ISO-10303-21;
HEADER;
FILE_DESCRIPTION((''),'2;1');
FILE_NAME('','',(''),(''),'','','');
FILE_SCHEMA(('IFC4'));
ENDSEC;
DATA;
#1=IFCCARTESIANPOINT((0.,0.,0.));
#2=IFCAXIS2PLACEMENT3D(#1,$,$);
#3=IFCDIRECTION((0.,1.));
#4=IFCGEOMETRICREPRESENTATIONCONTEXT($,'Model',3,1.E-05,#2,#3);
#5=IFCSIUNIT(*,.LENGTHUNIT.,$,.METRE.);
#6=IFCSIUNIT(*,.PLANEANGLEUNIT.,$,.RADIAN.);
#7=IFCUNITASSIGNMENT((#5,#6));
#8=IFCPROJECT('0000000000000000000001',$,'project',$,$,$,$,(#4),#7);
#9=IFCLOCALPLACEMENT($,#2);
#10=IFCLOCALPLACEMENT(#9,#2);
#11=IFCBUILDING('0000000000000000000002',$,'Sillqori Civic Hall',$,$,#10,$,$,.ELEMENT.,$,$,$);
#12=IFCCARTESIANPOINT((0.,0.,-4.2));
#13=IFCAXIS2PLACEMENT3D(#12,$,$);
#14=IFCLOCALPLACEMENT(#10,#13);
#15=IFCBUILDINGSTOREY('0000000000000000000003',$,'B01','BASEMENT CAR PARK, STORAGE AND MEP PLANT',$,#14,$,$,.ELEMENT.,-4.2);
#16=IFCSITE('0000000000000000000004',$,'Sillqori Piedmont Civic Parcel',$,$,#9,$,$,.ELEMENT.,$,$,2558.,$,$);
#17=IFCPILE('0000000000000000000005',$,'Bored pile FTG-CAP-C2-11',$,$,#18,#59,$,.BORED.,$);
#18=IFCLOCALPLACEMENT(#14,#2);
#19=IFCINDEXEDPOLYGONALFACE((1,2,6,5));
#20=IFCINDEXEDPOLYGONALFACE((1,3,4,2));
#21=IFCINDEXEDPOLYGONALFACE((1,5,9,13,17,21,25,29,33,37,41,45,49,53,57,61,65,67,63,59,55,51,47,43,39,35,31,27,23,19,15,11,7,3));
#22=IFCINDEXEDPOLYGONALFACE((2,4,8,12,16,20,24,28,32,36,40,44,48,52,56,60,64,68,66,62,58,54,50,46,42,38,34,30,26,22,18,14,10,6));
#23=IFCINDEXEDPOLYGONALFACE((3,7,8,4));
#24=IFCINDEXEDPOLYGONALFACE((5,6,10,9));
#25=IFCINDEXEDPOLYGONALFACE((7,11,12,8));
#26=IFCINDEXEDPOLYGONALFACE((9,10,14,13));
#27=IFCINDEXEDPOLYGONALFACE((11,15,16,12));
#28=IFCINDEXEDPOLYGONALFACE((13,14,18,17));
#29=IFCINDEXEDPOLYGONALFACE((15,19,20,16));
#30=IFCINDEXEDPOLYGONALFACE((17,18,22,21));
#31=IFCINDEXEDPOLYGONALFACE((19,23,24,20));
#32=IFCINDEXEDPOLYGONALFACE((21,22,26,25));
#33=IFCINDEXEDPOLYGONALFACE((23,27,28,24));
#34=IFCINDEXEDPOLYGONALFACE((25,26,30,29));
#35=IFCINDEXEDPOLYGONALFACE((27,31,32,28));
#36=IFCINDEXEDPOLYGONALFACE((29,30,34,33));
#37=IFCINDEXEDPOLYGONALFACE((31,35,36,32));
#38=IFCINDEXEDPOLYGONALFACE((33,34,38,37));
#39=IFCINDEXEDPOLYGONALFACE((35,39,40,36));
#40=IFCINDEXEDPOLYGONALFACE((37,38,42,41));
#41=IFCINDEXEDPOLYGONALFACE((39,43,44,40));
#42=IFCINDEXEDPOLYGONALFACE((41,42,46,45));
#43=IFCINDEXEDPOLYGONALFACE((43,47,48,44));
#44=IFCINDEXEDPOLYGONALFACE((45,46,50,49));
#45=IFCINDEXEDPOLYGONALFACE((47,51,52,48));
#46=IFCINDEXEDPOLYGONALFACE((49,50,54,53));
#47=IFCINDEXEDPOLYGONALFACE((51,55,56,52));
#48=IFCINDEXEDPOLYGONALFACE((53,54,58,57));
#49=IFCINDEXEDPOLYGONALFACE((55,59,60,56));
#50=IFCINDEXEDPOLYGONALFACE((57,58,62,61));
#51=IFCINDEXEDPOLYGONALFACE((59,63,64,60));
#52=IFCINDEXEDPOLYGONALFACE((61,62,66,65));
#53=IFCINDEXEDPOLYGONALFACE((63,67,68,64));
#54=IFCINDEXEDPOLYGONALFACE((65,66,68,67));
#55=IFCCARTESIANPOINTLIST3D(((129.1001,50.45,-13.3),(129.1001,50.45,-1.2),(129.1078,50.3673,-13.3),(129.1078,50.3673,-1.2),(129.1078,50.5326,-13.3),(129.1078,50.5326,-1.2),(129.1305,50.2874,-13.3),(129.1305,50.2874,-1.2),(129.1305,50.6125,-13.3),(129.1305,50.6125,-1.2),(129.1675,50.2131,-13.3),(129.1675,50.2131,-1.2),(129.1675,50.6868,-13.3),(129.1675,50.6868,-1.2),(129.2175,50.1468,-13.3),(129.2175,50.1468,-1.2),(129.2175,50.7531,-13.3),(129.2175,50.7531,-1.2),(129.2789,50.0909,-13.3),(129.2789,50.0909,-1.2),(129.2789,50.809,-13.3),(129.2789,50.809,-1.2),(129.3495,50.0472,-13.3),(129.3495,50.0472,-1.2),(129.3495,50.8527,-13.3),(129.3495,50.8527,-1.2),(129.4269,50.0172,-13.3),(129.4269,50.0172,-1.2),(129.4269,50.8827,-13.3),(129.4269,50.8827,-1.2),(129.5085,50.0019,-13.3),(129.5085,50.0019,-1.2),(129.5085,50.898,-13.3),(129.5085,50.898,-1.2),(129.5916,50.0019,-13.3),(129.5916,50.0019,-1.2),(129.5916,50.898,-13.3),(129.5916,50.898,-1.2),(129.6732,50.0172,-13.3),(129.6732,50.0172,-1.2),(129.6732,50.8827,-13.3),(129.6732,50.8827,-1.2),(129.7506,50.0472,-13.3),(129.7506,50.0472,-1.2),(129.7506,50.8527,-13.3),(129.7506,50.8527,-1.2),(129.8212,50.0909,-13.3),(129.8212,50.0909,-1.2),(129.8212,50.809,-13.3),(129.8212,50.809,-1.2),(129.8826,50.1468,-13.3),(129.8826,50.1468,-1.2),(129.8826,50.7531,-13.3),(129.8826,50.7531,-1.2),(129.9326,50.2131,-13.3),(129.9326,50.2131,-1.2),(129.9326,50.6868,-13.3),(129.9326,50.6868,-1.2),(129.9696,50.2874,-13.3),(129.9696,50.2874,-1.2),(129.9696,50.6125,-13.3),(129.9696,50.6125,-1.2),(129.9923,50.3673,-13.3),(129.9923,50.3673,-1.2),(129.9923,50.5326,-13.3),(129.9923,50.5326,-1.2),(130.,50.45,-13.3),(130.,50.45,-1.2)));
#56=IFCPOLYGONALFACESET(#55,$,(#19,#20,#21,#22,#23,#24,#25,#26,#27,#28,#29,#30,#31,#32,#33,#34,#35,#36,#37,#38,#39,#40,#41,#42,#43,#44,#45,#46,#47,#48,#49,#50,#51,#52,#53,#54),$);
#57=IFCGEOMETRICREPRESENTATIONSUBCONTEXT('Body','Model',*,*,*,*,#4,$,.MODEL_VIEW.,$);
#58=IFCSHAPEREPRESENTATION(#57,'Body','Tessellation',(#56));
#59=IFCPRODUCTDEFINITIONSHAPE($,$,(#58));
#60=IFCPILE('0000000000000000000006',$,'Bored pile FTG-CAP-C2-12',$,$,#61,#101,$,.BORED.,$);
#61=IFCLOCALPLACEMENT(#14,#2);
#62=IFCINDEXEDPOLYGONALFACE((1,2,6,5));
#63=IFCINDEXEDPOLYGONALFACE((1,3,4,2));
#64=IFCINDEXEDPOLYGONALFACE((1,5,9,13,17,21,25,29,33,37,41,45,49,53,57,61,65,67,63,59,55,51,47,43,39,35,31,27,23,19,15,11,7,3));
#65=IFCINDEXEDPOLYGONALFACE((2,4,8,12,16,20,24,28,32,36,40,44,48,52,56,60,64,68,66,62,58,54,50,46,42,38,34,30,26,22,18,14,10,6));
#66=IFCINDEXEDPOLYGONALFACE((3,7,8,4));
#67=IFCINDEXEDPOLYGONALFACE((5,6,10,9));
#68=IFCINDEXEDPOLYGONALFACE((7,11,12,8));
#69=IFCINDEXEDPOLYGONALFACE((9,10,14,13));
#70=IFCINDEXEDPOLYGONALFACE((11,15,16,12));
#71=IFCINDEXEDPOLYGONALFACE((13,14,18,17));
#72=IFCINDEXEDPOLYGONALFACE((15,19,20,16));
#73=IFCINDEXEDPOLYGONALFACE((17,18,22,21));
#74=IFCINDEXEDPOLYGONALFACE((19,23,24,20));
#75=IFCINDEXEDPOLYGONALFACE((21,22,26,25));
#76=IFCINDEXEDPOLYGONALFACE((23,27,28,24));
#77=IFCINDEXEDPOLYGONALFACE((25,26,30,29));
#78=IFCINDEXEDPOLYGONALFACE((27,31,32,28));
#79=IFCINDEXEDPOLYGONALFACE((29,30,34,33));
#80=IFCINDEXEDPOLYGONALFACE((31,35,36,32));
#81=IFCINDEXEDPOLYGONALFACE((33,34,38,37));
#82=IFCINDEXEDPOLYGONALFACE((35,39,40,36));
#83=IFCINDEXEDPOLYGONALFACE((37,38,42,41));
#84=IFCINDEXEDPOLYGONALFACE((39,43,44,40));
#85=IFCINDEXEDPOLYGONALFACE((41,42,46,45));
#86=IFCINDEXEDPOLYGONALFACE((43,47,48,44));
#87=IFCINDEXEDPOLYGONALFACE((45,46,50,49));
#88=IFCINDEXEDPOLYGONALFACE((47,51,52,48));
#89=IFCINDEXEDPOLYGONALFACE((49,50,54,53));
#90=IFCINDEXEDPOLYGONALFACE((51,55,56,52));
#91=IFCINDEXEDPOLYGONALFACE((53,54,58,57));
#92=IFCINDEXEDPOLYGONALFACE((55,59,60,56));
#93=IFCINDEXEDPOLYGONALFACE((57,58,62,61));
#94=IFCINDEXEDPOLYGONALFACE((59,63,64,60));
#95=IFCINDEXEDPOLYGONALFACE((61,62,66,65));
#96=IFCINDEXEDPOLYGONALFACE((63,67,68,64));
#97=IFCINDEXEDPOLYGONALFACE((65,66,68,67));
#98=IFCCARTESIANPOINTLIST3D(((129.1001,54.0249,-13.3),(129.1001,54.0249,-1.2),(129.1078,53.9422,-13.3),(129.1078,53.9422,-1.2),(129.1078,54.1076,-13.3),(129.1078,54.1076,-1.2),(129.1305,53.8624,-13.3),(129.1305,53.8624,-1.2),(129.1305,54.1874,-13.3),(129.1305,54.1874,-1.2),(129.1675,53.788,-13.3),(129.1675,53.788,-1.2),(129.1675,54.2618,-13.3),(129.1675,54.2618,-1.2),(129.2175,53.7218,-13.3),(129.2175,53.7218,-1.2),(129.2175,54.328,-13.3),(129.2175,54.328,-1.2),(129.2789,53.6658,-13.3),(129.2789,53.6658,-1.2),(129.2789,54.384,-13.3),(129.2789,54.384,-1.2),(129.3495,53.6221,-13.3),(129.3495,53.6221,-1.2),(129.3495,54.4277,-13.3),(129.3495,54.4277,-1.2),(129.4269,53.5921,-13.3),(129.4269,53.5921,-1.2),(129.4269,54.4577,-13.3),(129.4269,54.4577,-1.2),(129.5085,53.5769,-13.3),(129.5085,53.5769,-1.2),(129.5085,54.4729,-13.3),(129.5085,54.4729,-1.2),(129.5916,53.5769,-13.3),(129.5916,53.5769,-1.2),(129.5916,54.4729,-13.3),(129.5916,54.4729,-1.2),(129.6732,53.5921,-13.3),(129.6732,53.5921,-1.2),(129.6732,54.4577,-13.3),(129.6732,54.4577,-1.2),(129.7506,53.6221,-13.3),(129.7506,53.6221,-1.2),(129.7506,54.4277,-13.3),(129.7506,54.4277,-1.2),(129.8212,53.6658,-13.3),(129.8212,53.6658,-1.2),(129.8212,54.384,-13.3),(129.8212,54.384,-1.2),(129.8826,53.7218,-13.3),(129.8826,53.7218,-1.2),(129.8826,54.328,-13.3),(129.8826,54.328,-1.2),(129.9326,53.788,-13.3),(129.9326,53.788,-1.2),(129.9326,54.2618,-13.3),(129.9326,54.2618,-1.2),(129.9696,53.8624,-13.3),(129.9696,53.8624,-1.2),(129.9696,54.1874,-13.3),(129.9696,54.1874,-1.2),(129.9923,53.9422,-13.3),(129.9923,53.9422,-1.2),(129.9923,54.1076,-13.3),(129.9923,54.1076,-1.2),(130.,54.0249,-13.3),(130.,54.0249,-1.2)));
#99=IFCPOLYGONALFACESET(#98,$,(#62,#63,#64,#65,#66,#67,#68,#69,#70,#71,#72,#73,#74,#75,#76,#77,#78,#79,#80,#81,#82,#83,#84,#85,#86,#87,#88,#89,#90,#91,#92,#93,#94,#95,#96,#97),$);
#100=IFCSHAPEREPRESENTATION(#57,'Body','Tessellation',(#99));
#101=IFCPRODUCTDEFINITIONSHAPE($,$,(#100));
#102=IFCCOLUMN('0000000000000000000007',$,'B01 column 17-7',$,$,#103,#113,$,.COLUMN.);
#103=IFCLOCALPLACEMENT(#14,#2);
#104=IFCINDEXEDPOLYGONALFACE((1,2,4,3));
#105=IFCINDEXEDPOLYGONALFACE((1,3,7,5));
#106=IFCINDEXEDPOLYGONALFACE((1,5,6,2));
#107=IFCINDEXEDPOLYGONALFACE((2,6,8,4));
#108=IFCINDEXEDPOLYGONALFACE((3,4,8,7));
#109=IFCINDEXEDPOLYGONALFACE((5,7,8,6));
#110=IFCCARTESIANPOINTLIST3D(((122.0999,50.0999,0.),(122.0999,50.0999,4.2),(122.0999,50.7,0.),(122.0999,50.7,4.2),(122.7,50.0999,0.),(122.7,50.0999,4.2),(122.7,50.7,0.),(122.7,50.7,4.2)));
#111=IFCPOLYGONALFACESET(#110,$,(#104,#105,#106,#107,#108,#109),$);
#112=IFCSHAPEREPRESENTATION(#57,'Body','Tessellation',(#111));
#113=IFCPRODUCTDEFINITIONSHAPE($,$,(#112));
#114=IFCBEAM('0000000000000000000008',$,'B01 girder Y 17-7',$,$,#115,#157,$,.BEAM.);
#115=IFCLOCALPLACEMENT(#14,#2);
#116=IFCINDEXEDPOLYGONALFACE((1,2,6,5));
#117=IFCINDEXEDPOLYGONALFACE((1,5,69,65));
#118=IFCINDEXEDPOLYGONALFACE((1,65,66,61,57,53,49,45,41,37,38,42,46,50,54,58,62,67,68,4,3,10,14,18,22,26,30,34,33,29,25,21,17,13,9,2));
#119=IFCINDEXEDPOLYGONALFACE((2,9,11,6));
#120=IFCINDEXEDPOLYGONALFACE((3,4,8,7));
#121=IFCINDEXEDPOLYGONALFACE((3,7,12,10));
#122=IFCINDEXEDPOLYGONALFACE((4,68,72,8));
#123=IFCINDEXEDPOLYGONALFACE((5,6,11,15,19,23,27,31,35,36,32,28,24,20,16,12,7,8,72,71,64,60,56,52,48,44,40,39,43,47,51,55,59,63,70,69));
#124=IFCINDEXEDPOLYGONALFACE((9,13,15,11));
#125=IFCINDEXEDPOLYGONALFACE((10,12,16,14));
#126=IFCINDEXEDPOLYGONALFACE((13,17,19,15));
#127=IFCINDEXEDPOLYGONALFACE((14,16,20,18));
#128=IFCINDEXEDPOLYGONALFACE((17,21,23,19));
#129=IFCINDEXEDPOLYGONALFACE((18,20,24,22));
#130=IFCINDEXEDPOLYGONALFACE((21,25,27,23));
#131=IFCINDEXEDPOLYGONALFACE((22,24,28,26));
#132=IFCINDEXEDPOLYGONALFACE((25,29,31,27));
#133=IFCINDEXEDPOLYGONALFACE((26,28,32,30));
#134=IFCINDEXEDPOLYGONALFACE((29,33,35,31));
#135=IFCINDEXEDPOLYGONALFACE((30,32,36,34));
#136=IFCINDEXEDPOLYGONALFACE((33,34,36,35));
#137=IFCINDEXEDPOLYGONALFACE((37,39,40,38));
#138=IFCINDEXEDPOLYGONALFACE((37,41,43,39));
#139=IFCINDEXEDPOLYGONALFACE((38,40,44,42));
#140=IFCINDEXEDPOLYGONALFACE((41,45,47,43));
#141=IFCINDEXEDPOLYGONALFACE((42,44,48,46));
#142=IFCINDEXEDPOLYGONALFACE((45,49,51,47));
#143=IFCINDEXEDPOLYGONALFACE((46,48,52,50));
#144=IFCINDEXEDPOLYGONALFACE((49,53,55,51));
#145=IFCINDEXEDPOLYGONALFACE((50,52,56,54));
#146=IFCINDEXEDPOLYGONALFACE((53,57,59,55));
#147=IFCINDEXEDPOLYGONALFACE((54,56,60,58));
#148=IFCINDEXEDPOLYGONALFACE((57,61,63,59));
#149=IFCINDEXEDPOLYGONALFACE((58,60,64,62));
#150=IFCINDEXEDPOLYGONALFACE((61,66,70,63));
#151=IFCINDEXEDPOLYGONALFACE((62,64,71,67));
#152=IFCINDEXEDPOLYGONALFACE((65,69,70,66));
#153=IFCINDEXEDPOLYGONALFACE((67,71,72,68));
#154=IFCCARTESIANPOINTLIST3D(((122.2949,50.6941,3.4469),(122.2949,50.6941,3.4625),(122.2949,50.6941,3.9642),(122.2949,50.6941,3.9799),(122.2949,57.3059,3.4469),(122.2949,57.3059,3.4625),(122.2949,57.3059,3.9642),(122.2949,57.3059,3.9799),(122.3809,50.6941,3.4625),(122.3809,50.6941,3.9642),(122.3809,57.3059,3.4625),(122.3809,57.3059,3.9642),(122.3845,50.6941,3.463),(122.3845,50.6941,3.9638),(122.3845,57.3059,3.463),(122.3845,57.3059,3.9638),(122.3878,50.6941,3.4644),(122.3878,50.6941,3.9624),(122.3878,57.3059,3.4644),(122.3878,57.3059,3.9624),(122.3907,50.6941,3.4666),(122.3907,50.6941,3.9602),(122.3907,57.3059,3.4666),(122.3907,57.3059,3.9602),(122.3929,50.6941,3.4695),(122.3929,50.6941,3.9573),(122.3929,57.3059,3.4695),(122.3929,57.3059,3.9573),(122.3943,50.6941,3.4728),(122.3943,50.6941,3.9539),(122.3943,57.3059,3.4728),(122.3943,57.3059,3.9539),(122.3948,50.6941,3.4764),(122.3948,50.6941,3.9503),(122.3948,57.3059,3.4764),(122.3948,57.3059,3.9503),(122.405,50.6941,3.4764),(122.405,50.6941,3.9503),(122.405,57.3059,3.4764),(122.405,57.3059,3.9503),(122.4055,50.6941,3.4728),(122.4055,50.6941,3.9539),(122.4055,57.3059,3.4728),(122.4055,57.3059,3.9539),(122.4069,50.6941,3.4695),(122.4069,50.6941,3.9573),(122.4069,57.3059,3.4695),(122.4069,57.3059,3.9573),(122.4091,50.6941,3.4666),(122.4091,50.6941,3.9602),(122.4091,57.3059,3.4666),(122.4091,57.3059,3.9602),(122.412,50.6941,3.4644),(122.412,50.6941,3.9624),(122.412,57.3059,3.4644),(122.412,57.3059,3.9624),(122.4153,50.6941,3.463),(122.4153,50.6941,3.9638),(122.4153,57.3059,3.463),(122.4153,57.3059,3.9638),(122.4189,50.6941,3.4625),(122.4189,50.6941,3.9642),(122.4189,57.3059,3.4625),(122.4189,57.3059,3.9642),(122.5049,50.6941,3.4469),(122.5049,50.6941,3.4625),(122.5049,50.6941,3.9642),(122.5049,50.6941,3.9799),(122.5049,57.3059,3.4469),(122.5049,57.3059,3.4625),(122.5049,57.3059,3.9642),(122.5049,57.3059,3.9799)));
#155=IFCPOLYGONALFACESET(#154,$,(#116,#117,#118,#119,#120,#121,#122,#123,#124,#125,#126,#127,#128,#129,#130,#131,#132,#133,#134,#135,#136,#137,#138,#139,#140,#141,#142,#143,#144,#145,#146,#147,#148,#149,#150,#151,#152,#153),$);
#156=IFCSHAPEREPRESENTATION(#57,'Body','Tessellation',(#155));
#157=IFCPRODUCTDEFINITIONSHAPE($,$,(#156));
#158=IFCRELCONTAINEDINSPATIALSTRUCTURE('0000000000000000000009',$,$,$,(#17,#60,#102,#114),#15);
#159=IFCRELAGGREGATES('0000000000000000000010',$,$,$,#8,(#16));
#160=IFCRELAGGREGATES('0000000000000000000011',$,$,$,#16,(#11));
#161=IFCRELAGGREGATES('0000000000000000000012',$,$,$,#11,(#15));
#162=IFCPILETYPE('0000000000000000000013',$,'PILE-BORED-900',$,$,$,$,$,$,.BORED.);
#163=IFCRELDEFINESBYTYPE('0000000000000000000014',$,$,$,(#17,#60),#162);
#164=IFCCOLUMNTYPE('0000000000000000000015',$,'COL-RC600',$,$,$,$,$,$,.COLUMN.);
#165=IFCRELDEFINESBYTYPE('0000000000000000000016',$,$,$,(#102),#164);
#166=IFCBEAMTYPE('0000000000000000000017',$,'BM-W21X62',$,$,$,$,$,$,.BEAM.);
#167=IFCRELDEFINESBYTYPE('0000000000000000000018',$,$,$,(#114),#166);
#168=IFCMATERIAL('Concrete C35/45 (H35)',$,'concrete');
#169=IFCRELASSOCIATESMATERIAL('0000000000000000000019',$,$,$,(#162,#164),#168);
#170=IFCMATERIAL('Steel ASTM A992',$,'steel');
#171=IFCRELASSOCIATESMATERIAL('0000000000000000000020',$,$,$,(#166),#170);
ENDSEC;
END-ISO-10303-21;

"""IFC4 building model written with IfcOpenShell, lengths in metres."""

from ifc_helpers import new_model, si_unit, direction, frame, origin, origin_2d, place, context, subcontext, project, spatial, rectangle, circle, i_section, extrude, material, material_profile, profile_set, type_object, element, save


model = new_model("IFC4")

# Units and contexts
model_context = context("Model", 3, precision=1e-05, world=origin(), true_north=direction((0.0, 1.0)))
body_context = subcontext(model_context, "Body", "Model", "MODEL_VIEW")
ifc_project = project(units=[si_unit("LENGTHUNIT", "METRE"), si_unit("PLANEANGLEUNIT", "RADIAN")], contexts=[model_context])

# Site, building, storey
site_placement = place(None, origin())
site = spatial("IfcSite", under=ifc_project, at=site_placement, Name="Sillqori Piedmont Civic Parcel", CompositionType="ELEMENT", RefElevation=2558.0)
building_placement = place(site_placement, origin())
building = spatial("IfcBuilding", under=site, at=building_placement, Name="Sillqori Civic Hall", CompositionType="ELEMENT")
storey_placement = place(building_placement, frame((0.0, 0.0, -4.2)))
storey = spatial("IfcBuildingStorey", under=building, at=storey_placement, Name="B01", Description="BASEMENT CAR PARK, STORAGE AND MEP PLANT", CompositionType="ELEMENT", Elevation=-4.2)

# Piles
ifc_material_1 = material(Name="Concrete C35/45 (H35)", Category="concrete")
ifc_material_profile_1 = material_profile(ifc_material_1, circle(Radius=0.45, at=origin_2d()), Name="BORED PILE 900")
ifc_profile_set_1 = profile_set([ifc_material_profile_1], Name="Concrete C35/45 (H35)")
pile_type = type_object("IfcPileType", Name="PILE-BORED-900", PredefinedType="BORED", material=ifc_profile_set_1)
for number, where, z_axis, x_axis, name in (
    (1, (129.55, 50.45, -1.2), (0.0, 0.0, -1.0), (1.0, 0.0, 0.0), "Bored pile FTG-CAP-C2-11"),
    (2, (129.55, 54.0249, -1.2), (0.0, 0.0, -1.0), (1.0, 0.0, 0.0), "Bored pile FTG-CAP-C2-12"),
):
    element("IfcPile", number, at=place(storey_placement, frame(where, z_axis=z_axis, x_axis=x_axis)), inside=storey, type_object=pile_type, Name=name, PredefinedType="BORED", context=body_context, shape_type="SweptSolid", body=[
        extrude(circle(Radius=0.45, at=origin_2d()), origin(), (0.0, 0.0, 1.0), 12.1001),
    ])

# Column
ifc_material_profile_2 = material_profile(ifc_material_1, rectangle(XDim=0.6001, YDim=0.6001, at=origin_2d()), Name="RC 600x600")
ifc_profile_set_2 = profile_set([ifc_material_profile_2], Name="Concrete C35/45 (H35)")
column_type = type_object("IfcColumnType", Name="COL-RC600", PredefinedType="COLUMN", material=ifc_profile_set_2)
column_placement = place(storey_placement, frame((122.3999, 50.3999, 0.0), z_axis=(0.0, 0.0, 1.0), x_axis=(1.0, 0.0, 0.0)))
element("IfcColumn", 3, at=column_placement, inside=storey, type_object=column_type, Name="B01 column 17-7", PredefinedType="COLUMN", context=body_context, shape_type="SweptSolid", body=[
    extrude(rectangle(XDim=0.6001, YDim=0.6001, at=origin_2d()), origin(), (0.0, 0.0, 1.0), 4.2),
])

# Beam
ifc_material_2 = material(Name="Steel ASTM A992", Category="steel")
ifc_material_profile_3 = material_profile(ifc_material_2, i_section(OverallWidth=0.21, OverallDepth=0.533, WebThickness=0.0103, FlangeThickness=0.0156, FilletRadius=0.0139, at=origin_2d()), Name="W21X62")
ifc_profile_set_3 = profile_set([ifc_material_profile_3], Name="Steel ASTM A992")
beam_type_1 = type_object("IfcBeamType", Name="BM-W21X62", PredefinedType="BEAM", material=ifc_profile_set_3)
beam_1_placement = place(storey_placement, frame((122.3999, 50.6941, 3.7134), z_axis=(0.0, 1.0, 0.0), x_axis=(-1.0, 0.0, 0.0)))
element("IfcBeam", 4, at=beam_1_placement, inside=storey, type_object=beam_type_1, Name="B01 girder Y 17-7", PredefinedType="BEAM", context=body_context, shape_type="SweptSolid", body=[
    extrude(i_section(OverallWidth=0.21, OverallDepth=0.533, WebThickness=0.0103, FlangeThickness=0.0156, FilletRadius=0.0139, at=origin_2d()), origin(), (0.0, 0.0, 1.0), 6.6118),
])

save(model, "model.ifc")
